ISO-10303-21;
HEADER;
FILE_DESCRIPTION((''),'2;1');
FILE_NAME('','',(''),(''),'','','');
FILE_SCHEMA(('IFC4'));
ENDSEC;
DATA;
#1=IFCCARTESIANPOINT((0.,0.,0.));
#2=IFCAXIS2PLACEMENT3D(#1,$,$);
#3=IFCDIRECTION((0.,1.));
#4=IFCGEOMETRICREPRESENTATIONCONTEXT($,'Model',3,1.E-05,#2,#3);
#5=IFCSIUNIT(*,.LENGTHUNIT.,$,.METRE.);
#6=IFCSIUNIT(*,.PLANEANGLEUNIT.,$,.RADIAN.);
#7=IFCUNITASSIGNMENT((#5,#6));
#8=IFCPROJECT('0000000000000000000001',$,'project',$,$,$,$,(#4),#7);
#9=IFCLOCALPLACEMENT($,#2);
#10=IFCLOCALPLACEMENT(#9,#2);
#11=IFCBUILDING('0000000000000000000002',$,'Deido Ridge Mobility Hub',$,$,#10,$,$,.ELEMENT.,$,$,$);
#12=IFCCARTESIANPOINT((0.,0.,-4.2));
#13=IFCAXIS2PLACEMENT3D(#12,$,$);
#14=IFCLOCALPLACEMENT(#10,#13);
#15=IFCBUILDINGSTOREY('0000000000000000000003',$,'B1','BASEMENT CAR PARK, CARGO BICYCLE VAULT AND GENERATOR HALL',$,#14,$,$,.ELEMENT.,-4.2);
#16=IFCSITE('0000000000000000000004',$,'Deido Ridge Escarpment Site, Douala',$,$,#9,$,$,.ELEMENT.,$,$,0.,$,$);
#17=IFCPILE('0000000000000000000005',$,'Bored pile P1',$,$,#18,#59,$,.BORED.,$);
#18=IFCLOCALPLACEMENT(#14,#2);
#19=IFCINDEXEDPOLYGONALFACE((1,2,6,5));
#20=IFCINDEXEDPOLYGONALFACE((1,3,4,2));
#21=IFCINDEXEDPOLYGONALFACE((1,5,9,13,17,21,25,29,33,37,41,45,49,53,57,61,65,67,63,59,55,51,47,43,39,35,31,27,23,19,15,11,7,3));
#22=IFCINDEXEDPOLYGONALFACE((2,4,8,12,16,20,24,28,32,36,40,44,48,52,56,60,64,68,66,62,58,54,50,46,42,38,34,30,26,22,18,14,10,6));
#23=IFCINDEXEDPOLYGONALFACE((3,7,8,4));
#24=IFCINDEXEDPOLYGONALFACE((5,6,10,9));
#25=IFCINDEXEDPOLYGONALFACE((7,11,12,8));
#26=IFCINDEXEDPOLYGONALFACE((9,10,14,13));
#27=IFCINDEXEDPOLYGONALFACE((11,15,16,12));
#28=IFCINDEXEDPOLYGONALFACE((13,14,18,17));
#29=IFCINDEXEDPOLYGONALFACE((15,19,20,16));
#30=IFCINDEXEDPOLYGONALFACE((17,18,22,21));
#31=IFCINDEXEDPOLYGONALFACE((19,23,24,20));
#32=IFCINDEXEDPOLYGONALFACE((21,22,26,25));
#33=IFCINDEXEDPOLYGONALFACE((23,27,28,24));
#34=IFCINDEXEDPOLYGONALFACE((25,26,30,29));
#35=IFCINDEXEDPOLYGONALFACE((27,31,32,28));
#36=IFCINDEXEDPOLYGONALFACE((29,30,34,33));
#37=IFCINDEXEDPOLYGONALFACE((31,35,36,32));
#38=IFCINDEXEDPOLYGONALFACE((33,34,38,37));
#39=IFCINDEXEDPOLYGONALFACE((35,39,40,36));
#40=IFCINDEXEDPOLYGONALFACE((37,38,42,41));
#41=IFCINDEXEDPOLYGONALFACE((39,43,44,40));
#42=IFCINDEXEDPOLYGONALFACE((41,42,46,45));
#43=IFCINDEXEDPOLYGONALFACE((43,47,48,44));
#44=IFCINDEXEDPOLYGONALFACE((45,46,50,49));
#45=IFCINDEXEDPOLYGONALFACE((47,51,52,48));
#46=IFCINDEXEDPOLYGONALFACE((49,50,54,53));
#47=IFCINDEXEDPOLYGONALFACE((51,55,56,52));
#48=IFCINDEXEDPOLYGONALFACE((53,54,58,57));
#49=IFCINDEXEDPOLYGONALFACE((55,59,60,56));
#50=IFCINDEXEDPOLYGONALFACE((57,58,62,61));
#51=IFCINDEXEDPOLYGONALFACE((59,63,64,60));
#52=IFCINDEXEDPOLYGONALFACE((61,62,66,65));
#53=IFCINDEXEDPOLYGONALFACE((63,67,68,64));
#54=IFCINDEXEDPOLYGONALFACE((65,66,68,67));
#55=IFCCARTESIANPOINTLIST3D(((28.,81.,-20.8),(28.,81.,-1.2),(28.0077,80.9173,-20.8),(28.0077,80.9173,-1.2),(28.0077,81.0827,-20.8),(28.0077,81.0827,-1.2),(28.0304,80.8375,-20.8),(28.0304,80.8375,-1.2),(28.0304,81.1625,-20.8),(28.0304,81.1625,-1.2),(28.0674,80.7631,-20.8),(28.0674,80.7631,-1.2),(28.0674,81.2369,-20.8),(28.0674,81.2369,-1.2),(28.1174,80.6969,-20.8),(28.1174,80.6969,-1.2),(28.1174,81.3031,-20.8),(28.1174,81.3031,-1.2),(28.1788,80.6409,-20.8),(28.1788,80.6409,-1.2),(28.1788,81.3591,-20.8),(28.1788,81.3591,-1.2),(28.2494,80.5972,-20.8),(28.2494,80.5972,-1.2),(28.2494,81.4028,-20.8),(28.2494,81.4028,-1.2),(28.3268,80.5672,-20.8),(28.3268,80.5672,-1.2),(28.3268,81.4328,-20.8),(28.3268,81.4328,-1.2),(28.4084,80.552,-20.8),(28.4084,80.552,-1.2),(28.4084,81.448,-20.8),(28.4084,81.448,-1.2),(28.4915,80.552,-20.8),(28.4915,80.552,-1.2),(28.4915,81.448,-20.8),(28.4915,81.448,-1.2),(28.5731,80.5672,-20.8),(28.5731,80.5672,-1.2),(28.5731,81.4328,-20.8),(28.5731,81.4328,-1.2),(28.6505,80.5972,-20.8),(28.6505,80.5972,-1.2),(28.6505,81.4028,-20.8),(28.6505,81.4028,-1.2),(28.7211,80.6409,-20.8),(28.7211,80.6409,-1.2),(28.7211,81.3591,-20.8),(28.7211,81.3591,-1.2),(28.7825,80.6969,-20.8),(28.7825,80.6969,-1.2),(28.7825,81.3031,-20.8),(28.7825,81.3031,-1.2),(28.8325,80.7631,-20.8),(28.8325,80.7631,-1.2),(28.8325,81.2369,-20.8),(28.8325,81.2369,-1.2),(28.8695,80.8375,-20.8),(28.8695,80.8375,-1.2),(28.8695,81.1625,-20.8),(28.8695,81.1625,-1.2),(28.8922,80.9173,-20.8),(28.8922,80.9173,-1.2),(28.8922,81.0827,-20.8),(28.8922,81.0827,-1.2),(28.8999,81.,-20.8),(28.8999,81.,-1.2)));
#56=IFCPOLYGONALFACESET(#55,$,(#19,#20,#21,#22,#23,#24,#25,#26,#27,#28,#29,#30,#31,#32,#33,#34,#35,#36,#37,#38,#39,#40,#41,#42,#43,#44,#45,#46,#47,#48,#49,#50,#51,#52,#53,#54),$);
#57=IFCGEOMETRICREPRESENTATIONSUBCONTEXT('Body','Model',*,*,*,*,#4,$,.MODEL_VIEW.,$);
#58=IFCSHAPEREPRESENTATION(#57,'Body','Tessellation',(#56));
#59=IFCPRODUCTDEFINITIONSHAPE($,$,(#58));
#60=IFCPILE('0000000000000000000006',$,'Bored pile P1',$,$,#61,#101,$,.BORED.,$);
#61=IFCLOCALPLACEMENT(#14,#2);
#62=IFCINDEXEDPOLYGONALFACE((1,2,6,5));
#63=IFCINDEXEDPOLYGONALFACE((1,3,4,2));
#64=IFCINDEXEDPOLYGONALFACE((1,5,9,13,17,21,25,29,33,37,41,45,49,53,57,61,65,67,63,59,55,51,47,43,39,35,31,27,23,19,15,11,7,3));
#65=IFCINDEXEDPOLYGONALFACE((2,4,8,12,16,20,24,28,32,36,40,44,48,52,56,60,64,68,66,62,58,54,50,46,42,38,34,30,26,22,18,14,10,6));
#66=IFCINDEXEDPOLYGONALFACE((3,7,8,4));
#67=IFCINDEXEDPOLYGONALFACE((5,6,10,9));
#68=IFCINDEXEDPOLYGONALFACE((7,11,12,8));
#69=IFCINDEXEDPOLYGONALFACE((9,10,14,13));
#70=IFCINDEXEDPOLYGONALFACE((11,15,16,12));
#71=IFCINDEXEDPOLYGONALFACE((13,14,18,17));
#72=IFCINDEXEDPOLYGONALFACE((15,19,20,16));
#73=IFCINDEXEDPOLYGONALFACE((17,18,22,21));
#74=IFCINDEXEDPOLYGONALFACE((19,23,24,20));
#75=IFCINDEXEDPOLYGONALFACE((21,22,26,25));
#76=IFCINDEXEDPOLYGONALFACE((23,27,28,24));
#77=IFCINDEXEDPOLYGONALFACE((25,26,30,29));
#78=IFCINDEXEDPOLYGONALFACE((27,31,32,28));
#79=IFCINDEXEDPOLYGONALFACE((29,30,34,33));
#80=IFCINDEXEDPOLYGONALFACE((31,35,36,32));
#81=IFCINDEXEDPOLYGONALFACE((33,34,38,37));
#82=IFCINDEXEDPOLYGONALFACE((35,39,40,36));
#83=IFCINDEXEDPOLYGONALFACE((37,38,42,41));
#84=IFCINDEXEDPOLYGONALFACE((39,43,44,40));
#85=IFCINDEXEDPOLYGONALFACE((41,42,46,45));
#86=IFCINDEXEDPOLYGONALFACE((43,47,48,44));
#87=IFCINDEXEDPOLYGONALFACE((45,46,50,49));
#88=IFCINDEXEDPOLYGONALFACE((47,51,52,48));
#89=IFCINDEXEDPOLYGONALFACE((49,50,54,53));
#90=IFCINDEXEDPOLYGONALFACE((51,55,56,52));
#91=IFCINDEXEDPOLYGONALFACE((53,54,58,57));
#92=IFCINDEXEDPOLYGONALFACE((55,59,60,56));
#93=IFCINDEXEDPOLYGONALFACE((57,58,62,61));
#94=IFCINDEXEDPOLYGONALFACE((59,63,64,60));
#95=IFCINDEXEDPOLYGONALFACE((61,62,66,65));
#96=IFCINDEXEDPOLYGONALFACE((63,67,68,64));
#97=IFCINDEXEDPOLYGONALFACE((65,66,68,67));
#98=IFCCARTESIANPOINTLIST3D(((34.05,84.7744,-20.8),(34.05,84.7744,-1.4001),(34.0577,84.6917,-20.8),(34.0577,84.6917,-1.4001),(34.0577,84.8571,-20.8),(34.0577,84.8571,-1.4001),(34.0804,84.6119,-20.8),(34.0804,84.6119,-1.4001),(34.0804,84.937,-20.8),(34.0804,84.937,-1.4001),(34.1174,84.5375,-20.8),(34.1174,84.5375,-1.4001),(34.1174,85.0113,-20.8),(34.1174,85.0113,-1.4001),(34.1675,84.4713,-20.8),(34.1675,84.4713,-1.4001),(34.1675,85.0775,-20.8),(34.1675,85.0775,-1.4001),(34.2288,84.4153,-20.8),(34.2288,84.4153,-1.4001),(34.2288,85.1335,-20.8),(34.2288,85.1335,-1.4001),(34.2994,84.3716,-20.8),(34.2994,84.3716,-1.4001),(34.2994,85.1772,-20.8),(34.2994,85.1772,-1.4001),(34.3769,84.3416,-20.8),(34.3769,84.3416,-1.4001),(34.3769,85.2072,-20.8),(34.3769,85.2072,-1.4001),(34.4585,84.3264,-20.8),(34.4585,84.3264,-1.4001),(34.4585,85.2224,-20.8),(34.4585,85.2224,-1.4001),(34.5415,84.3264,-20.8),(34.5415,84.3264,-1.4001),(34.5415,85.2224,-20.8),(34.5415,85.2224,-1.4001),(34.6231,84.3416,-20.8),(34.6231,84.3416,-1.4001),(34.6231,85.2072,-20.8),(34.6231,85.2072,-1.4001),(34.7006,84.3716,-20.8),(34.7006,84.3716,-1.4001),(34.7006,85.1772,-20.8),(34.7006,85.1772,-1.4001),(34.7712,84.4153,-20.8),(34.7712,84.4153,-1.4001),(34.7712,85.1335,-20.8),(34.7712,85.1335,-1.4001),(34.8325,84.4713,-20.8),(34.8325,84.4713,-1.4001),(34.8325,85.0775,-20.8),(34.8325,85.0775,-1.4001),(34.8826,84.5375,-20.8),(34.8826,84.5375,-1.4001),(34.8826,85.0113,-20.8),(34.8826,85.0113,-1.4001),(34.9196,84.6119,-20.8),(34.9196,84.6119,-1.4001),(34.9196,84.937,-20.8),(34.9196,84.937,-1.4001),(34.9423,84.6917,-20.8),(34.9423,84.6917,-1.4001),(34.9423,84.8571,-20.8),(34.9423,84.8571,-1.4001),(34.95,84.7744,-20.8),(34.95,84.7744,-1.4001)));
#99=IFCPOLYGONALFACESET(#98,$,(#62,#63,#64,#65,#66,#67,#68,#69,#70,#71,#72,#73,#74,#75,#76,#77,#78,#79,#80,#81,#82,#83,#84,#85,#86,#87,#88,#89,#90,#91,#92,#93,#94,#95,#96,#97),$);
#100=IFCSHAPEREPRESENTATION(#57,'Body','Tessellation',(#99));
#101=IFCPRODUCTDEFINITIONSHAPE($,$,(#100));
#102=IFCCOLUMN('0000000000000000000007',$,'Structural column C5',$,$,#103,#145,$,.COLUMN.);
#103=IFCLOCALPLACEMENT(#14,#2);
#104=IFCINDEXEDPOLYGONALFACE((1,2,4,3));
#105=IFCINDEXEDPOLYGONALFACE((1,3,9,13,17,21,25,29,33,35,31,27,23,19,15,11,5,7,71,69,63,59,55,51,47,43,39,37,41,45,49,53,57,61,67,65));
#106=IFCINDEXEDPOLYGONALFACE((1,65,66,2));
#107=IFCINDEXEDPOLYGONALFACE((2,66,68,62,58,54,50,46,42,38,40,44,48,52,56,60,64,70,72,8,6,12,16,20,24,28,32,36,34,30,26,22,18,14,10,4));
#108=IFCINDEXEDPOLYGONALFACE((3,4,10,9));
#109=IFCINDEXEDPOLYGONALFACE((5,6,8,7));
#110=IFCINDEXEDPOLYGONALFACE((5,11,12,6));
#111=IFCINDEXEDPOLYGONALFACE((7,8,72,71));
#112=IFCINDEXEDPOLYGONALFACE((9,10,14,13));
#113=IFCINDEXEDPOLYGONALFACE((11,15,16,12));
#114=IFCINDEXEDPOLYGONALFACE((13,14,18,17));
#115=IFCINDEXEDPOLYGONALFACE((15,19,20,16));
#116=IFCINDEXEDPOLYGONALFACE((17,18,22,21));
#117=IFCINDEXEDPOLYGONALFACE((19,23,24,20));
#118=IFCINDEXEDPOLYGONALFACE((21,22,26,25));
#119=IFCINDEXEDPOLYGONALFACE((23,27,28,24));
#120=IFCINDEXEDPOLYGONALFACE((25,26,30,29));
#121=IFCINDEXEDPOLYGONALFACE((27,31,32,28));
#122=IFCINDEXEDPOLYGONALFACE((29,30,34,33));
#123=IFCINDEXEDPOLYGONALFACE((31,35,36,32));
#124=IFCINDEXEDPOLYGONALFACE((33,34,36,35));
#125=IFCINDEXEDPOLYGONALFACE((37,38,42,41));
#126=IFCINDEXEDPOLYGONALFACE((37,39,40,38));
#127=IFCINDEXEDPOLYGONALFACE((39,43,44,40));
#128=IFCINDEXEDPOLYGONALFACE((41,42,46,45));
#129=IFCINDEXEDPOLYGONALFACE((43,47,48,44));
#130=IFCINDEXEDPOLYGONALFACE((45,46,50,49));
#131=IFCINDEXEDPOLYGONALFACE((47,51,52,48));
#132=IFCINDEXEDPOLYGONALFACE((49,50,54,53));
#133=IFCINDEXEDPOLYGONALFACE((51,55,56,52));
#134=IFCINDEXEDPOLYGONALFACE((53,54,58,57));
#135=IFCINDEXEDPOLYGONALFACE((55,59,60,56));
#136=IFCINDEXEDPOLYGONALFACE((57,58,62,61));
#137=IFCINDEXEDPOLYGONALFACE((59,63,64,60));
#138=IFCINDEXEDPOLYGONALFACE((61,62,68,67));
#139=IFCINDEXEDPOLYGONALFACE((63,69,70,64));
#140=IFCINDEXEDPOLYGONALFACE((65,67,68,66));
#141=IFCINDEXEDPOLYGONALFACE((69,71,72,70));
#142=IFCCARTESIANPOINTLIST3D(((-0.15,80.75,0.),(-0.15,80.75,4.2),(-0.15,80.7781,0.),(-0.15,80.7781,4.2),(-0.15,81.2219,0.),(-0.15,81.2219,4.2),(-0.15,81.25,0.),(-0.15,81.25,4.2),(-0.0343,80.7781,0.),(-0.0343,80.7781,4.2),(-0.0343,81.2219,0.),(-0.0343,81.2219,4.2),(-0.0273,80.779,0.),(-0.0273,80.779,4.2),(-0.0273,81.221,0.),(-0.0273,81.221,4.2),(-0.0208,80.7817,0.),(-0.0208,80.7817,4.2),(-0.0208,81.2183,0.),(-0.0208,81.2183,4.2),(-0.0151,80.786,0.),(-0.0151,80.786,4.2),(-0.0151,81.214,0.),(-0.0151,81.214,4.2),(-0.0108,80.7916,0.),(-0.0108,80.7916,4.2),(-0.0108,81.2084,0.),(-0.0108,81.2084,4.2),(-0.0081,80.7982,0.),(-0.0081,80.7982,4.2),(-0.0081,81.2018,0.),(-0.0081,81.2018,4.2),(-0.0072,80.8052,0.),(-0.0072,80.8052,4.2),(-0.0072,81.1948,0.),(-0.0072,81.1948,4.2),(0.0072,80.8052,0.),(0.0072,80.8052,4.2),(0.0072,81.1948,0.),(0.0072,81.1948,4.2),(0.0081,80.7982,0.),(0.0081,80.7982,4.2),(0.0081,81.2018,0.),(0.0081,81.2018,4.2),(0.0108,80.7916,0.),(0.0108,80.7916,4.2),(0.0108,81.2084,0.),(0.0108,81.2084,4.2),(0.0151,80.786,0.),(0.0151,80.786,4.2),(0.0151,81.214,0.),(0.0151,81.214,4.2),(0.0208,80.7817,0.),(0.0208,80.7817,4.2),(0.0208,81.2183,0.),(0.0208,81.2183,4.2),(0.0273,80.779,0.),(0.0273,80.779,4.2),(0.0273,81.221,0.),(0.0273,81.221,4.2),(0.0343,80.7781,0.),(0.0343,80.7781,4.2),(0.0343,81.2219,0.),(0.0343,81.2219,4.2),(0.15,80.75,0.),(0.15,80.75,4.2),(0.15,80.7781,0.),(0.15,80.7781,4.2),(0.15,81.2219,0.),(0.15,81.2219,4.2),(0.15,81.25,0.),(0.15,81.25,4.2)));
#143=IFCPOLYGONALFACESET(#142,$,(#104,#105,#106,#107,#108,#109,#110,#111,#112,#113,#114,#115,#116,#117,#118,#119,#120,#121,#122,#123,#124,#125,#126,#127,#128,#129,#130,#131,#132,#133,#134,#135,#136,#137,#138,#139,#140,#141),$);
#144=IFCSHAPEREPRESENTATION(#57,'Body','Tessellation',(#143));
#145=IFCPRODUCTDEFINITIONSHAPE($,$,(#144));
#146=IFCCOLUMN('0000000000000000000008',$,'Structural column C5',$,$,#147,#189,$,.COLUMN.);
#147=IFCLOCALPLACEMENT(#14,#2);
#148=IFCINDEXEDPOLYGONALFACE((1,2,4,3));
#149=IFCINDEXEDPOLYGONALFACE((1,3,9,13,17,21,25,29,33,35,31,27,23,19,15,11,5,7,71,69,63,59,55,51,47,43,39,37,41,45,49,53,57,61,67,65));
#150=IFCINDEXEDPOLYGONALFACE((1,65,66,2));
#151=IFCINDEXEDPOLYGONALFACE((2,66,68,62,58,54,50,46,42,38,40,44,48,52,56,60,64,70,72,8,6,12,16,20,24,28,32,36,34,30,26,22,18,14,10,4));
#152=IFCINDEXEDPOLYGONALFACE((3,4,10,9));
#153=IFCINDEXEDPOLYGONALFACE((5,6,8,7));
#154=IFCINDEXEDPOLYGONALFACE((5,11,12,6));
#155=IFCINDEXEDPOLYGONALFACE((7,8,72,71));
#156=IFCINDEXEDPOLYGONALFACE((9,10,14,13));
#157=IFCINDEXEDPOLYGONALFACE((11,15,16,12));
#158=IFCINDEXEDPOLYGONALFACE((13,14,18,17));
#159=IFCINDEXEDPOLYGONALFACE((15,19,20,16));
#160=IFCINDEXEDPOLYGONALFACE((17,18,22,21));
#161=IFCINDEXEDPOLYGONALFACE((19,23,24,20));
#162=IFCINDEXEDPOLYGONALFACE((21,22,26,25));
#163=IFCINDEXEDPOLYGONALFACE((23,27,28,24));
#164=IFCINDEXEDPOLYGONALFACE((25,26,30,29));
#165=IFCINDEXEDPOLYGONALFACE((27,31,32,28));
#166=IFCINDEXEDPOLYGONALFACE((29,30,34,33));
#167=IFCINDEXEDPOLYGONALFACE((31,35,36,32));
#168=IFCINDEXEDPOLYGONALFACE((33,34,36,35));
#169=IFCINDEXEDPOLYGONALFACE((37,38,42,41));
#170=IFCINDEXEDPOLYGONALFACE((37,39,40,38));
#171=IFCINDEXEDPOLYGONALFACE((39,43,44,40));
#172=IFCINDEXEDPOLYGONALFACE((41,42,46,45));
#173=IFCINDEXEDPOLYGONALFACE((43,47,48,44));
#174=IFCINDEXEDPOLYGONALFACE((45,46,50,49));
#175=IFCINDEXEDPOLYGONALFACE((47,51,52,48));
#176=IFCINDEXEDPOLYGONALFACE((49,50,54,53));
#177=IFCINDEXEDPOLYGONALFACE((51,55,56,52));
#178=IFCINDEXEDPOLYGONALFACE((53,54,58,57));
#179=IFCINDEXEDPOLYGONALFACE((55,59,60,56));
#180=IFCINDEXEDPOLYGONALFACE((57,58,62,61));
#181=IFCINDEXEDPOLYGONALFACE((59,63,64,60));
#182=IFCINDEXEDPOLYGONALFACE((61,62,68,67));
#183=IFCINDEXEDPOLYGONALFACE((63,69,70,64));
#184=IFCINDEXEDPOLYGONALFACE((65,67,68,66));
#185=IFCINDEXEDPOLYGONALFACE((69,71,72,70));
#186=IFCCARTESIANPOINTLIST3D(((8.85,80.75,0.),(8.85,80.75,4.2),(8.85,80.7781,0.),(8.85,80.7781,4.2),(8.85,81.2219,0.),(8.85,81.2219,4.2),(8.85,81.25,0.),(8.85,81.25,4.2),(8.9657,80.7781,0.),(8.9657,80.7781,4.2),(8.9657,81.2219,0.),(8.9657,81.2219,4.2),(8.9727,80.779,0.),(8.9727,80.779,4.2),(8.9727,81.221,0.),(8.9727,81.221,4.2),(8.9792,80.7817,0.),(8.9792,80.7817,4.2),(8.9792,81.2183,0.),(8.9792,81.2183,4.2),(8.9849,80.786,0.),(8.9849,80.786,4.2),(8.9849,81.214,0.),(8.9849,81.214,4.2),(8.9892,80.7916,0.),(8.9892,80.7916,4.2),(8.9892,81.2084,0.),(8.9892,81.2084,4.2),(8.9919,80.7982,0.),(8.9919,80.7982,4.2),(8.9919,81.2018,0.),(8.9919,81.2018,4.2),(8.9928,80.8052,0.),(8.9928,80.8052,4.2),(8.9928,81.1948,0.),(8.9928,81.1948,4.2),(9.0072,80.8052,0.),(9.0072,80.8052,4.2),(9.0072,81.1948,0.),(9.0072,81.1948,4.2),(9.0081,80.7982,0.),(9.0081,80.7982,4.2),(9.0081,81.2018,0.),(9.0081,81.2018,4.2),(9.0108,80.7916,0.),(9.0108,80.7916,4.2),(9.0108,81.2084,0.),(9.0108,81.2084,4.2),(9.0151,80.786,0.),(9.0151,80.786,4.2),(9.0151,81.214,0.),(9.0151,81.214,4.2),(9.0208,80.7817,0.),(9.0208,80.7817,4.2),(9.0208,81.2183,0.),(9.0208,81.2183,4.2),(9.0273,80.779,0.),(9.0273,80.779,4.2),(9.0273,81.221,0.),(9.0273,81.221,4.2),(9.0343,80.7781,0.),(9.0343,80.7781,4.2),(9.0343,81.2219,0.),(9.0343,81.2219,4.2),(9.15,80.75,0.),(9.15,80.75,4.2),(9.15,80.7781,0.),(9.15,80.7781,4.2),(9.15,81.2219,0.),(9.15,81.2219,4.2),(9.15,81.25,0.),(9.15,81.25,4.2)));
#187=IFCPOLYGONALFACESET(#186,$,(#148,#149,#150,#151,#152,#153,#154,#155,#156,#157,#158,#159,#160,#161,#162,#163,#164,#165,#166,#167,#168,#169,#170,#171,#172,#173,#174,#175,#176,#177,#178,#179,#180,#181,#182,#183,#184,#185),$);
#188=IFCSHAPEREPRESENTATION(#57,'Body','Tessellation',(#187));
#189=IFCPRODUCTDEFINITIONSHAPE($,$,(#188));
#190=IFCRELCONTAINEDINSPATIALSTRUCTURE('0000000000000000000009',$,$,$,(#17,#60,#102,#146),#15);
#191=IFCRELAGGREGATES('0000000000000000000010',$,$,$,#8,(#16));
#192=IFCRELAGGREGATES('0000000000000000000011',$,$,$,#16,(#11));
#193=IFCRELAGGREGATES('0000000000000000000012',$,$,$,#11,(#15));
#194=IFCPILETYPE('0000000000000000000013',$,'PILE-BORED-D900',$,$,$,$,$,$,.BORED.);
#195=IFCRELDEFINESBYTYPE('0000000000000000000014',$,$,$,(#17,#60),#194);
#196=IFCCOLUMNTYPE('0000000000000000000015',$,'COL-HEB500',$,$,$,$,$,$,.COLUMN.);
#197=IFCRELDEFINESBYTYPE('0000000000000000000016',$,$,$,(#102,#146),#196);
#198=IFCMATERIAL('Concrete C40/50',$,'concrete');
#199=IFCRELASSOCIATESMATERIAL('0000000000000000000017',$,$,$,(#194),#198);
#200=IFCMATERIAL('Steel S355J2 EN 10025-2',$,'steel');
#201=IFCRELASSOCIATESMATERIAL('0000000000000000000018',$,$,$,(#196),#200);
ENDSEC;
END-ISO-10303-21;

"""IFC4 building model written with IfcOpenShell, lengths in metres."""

from ifc_helpers import new_model, si_unit, direction, frame, origin, origin_2d, place, context, subcontext, project, spatial, circle, i_section, extrude, material, material_profile, profile_set, type_object, element, save


model = new_model("IFC4")

# Units and contexts
model_context = context("Model", 3, precision=1e-05, world=origin(), true_north=direction((0.0, 1.0)))
body_context = subcontext(model_context, "Body", "Model", "MODEL_VIEW")
ifc_project = project(units=[si_unit("LENGTHUNIT", "METRE"), si_unit("PLANEANGLEUNIT", "RADIAN")], contexts=[model_context])

# Site, building, storey
site_placement = place(None, origin())
site = spatial("IfcSite", under=ifc_project, at=site_placement, Name="Deido Ridge Escarpment Site, Douala", CompositionType="ELEMENT", RefElevation=0.0)
building_placement = place(site_placement, origin())
building = spatial("IfcBuilding", under=site, at=building_placement, Name="Deido Ridge Mobility Hub", CompositionType="ELEMENT")
storey_placement = place(building_placement, frame((0.0, 0.0, -4.2)))
storey = spatial("IfcBuildingStorey", under=building, at=storey_placement, Name="B1", Description="BASEMENT CAR PARK, CARGO BICYCLE VAULT AND GENERATOR HALL", CompositionType="ELEMENT", Elevation=-4.2)

# Shared definitions
ifc_material_1 = material(Name="Concrete C40/50", Category="concrete")

# Piles
ifc_material_profile_1 = material_profile(ifc_material_1, circle(Radius=0.45, at=origin_2d()), Name="BORED PILE D900")
ifc_profile_set_1 = profile_set([ifc_material_profile_1], Name="Concrete C40/50")
pile_type = type_object("IfcPileType", Name="PILE-BORED-D900", PredefinedType="BORED", material=ifc_profile_set_1)
for number, where, z_axis, x_axis, name in (
    (1, (28.45, 81.0, -1.2), (0.0, 0.0, -1.0), (1.0, 0.0, 0.0), "Bored pile P1"),
):
    element("IfcPile", number, at=place(storey_placement, frame(where, z_axis=z_axis, x_axis=x_axis)), inside=storey, type_object=pile_type, Name=name, PredefinedType="BORED", context=body_context, shape_type="SweptSolid", body=[
        extrude(circle(Radius=0.45, at=origin_2d()), origin(), (0.0, 0.0, 1.0), 19.6001),
    ])
pile_1_placement = place(storey_placement, frame((34.5, 84.7744, -1.4001), z_axis=(0.0, 0.0, -1.0), x_axis=(1.0, 0.0, 0.0)))
element("IfcPile", 2, at=pile_1_placement, inside=storey, type_object=pile_type, Name="Bored pile P1", PredefinedType="BORED", context=body_context, shape_type="SweptSolid", body=[
    extrude(circle(Radius=0.45, at=origin_2d()), origin(), (0.0, 0.0, 1.0), 19.3999),
])

# Columns
ifc_material_2 = material(Name="Steel S355J2 EN 10025-2", Category="steel")
ifc_material_profile_2 = material_profile(ifc_material_2, i_section(OverallWidth=0.3, OverallDepth=0.5, WebThickness=0.0144, FlangeThickness=0.0281, FilletRadius=0.0271, at=origin_2d()), Name="HEB 500")
ifc_profile_set_2 = profile_set([ifc_material_profile_2], Name="Steel S355J2 EN 10025-2")
column_type_1 = type_object("IfcColumnType", Name="COL-HEB500", PredefinedType="COLUMN", material=ifc_profile_set_2)
for number, where, z_axis, x_axis, name in (
    (3, (0.0, 81.0, 0.0), (0.0, 0.0, 1.0), (1.0, 0.0, 0.0), "Structural column C5"),
    (4, (9.0, 81.0, 0.0), (0.0, 0.0, 1.0), (1.0, 0.0, 0.0), "Structural column C5"),
):
    element("IfcColumn", number, at=place(storey_placement, frame(where, z_axis=z_axis, x_axis=x_axis)), inside=storey, type_object=column_type_1, Name=name, PredefinedType="COLUMN", context=body_context, shape_type="SweptSolid", body=[
        extrude(i_section(OverallWidth=0.3, OverallDepth=0.5, WebThickness=0.0144, FlangeThickness=0.0281, FilletRadius=0.0271, at=origin_2d()), origin(), (0.0, 0.0, 1.0), 4.2),
    ])

save(model, "model.ifc")
